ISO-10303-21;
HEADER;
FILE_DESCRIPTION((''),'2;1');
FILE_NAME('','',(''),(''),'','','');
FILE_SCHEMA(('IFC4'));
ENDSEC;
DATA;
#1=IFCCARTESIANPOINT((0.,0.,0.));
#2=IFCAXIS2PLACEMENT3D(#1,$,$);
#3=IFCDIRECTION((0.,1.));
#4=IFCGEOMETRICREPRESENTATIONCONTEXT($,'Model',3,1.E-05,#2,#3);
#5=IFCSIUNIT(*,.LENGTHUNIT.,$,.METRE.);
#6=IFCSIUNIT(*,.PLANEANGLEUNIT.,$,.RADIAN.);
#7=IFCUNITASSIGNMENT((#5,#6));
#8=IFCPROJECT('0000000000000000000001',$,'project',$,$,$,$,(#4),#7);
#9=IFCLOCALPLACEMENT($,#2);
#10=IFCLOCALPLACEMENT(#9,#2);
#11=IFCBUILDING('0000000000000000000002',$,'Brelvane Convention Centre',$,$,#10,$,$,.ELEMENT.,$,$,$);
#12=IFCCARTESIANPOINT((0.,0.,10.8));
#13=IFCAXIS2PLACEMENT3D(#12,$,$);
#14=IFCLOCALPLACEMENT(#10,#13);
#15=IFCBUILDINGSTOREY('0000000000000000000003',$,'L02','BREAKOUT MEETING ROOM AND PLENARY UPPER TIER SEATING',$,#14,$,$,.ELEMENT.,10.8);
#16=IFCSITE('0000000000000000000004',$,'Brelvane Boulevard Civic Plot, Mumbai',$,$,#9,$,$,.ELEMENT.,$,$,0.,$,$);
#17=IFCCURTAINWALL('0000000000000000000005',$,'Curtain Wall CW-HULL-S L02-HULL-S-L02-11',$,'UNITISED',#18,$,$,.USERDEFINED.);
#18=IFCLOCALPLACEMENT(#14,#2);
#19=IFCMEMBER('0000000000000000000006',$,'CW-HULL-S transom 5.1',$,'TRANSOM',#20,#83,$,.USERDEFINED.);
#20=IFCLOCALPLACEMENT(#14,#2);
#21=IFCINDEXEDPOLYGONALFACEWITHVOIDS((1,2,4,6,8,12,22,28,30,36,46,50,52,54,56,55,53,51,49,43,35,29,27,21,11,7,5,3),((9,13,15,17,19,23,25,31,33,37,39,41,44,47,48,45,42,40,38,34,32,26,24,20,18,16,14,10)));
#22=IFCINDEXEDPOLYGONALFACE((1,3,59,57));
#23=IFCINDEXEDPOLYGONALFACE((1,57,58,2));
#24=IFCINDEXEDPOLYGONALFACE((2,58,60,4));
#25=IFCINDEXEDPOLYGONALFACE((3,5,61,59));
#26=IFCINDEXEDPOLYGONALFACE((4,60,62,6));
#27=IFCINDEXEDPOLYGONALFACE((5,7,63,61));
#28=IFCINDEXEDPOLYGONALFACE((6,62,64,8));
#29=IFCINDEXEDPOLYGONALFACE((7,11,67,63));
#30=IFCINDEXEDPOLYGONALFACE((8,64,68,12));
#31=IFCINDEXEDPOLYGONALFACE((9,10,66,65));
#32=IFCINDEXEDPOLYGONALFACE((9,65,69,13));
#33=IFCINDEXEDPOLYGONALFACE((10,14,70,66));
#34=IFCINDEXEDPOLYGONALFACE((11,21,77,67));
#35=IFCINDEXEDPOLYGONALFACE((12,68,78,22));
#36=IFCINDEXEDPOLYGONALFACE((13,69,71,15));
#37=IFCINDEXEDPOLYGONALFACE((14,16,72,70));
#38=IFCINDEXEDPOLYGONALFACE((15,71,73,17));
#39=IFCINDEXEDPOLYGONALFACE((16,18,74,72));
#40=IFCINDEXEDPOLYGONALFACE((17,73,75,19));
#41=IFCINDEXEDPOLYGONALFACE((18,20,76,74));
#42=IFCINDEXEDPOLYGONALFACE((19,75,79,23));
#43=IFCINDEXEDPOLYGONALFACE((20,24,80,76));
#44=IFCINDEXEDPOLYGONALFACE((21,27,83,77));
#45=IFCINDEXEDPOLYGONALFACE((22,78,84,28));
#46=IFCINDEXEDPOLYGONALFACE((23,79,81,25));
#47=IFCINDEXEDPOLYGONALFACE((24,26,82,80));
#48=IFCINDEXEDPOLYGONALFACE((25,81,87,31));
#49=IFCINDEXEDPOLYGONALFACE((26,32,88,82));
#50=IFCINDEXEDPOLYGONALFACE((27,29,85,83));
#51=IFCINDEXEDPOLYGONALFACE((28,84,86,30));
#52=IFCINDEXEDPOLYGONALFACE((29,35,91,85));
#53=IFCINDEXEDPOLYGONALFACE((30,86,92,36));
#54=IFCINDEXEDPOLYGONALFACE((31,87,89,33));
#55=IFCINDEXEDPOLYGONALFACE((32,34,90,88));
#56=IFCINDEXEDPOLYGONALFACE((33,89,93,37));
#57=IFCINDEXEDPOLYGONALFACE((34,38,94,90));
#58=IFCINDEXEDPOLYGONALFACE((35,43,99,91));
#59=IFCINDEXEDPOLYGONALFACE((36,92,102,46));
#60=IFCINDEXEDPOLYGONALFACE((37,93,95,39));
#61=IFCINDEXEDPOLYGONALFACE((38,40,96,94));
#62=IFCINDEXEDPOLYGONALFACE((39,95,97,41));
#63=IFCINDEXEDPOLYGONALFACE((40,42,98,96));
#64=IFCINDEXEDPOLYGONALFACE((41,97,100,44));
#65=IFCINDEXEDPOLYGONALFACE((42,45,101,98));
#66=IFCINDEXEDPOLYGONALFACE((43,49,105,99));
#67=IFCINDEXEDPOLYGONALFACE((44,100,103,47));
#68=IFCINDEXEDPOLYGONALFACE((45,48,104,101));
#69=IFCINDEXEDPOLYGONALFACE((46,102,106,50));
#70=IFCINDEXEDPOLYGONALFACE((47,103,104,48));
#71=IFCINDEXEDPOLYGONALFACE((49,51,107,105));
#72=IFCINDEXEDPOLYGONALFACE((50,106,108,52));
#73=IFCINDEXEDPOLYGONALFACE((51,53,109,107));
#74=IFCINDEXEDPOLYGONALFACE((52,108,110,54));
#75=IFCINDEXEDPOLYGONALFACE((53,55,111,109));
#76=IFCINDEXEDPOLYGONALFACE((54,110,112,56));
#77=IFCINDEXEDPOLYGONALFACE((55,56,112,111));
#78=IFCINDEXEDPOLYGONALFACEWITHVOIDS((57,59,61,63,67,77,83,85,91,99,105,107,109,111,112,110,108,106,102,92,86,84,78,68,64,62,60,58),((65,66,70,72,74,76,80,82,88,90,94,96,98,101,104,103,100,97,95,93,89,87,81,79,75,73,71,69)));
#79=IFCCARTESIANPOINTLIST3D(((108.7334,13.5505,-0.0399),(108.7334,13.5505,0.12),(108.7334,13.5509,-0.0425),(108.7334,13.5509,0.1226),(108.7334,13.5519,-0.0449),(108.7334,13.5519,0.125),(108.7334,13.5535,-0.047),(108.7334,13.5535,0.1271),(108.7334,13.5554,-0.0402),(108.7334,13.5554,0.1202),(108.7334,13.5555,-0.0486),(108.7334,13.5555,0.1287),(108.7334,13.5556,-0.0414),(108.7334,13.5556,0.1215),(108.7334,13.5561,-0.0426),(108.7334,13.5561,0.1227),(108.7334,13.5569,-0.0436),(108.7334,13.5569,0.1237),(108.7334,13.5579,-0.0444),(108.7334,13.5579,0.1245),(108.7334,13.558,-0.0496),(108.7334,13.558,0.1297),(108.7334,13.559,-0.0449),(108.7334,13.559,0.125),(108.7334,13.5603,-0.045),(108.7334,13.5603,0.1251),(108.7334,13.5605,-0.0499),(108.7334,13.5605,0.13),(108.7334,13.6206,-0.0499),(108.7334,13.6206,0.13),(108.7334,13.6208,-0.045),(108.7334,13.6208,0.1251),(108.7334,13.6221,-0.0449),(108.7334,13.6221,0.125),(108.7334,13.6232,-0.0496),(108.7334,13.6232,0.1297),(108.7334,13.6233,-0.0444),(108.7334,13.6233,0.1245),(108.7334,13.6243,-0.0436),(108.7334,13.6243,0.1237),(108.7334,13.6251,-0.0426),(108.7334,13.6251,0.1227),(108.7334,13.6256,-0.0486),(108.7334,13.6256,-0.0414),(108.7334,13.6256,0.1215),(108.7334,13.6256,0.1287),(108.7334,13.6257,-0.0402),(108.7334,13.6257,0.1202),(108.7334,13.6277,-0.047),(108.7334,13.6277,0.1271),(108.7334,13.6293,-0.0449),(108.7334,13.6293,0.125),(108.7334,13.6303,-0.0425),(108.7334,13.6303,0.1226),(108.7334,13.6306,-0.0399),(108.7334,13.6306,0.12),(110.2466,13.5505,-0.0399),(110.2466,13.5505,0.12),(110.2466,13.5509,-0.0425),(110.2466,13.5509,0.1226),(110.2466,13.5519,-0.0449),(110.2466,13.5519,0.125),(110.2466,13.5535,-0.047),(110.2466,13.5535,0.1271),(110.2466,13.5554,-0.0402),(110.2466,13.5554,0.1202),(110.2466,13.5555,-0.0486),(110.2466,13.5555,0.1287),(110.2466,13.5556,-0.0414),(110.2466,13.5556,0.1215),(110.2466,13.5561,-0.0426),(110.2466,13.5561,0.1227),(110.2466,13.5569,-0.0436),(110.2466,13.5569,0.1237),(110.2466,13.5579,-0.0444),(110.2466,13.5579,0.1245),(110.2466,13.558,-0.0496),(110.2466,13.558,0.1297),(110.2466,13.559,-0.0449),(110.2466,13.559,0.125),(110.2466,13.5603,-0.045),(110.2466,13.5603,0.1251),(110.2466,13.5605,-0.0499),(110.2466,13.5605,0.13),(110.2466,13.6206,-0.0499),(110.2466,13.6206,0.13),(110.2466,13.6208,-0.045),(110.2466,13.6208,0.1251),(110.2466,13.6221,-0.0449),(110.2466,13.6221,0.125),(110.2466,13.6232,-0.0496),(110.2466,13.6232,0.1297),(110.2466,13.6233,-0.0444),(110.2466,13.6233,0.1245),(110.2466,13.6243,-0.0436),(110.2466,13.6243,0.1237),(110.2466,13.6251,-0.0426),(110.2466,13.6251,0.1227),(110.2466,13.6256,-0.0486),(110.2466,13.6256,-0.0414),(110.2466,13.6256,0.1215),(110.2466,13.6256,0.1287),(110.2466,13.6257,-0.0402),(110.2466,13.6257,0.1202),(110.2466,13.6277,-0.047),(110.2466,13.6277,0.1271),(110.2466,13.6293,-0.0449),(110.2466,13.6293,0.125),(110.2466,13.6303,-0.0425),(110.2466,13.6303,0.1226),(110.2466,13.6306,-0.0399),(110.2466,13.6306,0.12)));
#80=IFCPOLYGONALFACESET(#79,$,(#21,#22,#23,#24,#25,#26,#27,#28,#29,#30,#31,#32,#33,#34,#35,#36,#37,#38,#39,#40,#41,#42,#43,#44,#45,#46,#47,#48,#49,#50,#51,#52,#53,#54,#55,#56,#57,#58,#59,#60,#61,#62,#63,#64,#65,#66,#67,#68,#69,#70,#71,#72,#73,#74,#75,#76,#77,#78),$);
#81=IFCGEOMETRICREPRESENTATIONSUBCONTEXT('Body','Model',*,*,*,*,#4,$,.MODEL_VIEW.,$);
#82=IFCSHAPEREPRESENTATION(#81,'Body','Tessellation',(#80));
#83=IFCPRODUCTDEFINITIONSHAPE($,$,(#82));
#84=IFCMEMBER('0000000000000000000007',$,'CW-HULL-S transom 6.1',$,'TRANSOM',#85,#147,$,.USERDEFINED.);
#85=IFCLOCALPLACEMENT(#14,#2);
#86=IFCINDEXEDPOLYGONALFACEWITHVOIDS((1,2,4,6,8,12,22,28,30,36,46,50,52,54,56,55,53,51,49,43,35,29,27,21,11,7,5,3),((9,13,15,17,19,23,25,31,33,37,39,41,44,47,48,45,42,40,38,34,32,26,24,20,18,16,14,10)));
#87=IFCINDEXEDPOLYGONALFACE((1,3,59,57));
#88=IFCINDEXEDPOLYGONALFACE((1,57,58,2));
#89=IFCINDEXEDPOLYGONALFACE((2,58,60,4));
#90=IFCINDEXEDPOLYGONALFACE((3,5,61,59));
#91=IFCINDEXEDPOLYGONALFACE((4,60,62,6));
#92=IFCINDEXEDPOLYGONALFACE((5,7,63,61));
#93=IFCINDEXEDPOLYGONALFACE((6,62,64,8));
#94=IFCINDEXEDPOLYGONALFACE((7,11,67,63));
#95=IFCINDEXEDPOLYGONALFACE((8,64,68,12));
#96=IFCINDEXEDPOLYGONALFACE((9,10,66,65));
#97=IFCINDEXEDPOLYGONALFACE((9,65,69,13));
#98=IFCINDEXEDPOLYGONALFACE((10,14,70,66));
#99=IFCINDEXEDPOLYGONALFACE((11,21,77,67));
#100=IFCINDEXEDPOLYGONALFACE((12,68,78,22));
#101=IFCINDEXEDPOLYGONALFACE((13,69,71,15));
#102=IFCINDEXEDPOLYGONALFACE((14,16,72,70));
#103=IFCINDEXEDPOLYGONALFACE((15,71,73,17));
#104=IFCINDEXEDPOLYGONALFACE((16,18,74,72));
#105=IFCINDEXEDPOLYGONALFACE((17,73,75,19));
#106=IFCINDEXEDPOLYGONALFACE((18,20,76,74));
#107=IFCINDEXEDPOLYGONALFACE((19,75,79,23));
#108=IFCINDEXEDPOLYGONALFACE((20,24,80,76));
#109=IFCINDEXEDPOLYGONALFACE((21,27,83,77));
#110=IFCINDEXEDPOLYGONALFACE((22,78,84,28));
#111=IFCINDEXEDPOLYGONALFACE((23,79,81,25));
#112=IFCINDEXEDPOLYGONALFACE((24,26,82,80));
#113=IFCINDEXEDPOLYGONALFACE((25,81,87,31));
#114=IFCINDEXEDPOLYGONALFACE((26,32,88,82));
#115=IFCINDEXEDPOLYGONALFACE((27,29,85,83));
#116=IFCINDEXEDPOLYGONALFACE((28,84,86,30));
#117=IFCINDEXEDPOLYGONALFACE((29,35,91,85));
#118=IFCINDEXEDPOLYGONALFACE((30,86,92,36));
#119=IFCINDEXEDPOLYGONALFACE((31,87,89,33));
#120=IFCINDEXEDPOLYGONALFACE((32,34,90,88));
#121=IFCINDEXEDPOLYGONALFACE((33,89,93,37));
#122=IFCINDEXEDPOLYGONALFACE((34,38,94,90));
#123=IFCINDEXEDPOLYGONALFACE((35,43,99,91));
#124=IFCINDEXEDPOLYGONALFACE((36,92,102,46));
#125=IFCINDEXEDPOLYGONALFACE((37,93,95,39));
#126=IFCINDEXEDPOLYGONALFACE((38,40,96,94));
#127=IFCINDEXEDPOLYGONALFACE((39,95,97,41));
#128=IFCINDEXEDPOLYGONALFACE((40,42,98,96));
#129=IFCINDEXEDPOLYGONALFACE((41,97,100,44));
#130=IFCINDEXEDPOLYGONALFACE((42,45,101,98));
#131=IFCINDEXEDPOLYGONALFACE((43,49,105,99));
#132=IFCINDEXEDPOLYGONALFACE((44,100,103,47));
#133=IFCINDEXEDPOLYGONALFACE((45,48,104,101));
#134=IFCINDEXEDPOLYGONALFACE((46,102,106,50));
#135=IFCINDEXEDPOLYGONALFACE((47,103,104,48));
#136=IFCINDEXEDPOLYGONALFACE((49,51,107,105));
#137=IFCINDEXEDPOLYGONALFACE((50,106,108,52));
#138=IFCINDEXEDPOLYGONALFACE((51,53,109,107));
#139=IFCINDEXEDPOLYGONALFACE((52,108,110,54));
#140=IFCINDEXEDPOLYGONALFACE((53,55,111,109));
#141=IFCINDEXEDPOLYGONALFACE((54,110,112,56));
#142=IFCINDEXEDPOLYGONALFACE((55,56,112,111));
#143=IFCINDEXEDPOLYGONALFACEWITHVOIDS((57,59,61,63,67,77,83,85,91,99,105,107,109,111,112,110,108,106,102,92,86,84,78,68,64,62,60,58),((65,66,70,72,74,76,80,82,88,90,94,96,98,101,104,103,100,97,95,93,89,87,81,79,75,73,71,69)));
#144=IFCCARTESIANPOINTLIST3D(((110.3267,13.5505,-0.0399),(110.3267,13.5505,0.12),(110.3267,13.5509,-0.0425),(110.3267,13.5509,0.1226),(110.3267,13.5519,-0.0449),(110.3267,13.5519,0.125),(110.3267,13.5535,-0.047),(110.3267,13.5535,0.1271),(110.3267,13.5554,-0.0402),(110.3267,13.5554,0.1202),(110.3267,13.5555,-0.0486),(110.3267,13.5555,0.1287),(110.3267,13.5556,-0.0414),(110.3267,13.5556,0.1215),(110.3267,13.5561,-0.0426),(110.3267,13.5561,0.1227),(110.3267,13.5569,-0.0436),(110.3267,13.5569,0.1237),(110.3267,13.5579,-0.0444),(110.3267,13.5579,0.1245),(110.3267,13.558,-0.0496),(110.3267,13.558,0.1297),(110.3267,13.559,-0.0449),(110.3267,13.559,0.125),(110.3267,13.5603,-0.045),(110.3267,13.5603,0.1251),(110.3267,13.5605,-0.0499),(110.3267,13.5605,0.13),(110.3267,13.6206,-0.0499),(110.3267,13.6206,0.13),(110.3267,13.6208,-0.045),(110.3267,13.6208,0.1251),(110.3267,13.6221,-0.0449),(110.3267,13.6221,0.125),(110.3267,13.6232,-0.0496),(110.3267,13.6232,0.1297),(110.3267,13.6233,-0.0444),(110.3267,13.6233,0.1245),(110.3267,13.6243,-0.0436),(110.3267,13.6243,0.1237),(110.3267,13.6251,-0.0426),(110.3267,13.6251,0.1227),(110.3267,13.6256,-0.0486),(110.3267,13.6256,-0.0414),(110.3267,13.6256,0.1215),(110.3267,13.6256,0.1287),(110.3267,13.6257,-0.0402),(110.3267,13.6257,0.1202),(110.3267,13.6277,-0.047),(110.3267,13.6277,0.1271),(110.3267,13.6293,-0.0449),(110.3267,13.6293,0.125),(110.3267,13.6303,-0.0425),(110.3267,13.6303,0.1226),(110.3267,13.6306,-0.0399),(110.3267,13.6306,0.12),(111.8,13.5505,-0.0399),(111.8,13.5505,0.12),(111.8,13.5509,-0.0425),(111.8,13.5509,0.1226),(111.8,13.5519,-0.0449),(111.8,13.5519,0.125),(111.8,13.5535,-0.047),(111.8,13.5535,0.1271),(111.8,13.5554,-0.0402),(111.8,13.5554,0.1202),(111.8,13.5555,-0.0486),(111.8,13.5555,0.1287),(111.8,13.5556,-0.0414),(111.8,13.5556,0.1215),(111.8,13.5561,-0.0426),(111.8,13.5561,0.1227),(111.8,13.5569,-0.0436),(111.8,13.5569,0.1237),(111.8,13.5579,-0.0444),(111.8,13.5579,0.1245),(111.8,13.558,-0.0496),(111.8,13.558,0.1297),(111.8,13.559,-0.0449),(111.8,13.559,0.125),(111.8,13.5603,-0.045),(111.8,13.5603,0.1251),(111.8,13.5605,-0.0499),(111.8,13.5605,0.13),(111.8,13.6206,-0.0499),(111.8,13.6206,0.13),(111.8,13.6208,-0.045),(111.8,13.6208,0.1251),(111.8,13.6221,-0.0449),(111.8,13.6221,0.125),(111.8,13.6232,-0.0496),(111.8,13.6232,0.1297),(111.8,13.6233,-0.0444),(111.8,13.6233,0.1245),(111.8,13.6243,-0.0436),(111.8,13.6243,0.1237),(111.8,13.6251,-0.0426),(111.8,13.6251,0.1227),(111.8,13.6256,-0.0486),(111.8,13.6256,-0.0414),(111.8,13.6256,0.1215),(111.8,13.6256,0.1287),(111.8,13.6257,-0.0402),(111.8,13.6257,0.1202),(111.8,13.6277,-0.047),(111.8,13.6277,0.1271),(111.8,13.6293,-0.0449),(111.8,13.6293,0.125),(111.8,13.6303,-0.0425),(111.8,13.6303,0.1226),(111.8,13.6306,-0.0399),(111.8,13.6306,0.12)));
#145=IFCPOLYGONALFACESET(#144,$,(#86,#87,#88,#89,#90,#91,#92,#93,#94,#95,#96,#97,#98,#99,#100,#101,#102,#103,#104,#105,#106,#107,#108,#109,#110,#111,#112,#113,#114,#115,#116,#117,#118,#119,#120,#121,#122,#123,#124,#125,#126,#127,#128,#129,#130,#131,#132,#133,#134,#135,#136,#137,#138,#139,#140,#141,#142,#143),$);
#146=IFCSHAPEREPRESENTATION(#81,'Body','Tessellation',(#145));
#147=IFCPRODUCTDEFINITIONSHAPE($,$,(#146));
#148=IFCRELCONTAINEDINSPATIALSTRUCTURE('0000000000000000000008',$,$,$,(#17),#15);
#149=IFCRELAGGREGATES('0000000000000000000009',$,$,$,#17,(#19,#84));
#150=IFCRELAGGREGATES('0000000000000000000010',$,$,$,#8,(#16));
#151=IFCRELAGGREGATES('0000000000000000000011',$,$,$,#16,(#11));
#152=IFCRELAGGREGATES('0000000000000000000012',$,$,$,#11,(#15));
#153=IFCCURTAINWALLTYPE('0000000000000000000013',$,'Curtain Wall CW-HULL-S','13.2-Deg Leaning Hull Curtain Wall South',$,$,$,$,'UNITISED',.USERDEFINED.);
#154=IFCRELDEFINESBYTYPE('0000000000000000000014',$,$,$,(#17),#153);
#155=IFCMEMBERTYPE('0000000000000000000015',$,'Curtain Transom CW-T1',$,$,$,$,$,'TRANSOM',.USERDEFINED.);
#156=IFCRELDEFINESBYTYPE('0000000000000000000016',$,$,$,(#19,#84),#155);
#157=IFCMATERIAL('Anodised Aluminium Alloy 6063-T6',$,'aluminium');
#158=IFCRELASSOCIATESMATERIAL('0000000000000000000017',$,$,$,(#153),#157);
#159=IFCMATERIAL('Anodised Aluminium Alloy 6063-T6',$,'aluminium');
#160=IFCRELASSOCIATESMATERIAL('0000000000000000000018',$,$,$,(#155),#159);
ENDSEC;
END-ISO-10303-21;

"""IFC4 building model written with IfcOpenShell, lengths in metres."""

from ifc_helpers import new_model, si_unit, direction, frame, origin, origin_2d, place, context, subcontext, project, spatial, hollow_rectangle, extrude, material, material_profile, profile_set, type_object, element, aggregate, save


model = new_model("IFC4")

# Units and contexts
model_context = context("Model", 3, precision=1e-05, world=origin(), true_north=direction((0.0, 1.0)))
body_context = subcontext(model_context, "Body", "Model", "MODEL_VIEW")
ifc_project = project(units=[si_unit("LENGTHUNIT", "METRE"), si_unit("PLANEANGLEUNIT", "RADIAN")], contexts=[model_context])

# Site, building, storey
site_placement = place(None, origin())
site = spatial("IfcSite", under=ifc_project, at=site_placement, Name="Brelvane Boulevard Civic Plot, Mumbai", CompositionType="ELEMENT", RefElevation=0.0)
building_placement = place(site_placement, origin())
building = spatial("IfcBuilding", under=site, at=building_placement, Name="Brelvane Convention Centre", CompositionType="ELEMENT")
storey_placement = place(building_placement, frame((0.0, 0.0, 10.8)))
storey = spatial("IfcBuildingStorey", under=building, at=storey_placement, Name="L02", Description="BREAKOUT MEETING ROOM AND PLENARY UPPER TIER SEATING", CompositionType="ELEMENT", Elevation=10.8)

# Curtain wall
ifc_material_1 = material(Name="Anodised Aluminium Alloy 6063-T6", Category="aluminium")
curtain_wall_type = type_object("IfcCurtainWallType", Name="Curtain Wall CW-HULL-S", Description="13.2-Deg Leaning Hull Curtain Wall South", ElementType="UNITISED", PredefinedType="USERDEFINED", material=ifc_material_1)
curtain_wall_1_placement = place(storey_placement, origin())
curtain_wall_1 = element("IfcCurtainWall", 1, at=curtain_wall_1_placement, inside=storey, type_object=curtain_wall_type, Name="Curtain Wall CW-HULL-S L02-HULL-S-L02-11", ObjectType="UNITISED", PredefinedType="USERDEFINED")

# Members
ifc_material_2 = material(Name="Anodised Aluminium Alloy 6063-T6", Category="aluminium")
ifc_material_profile_1 = material_profile(ifc_material_2, hollow_rectangle(XDim=0.0801, YDim=0.1799, WallThickness=0.0049, InnerFilletRadius=0.0049, OuterFilletRadius=0.01, at=origin_2d()), Name="ALU-T 180x80x5.0")
ifc_profile_set_1 = profile_set([ifc_material_profile_1], Name="Anodised Aluminium Alloy 6063-T6")
member_type_1 = type_object("IfcMemberType", Name="Curtain Transom CW-T1", ElementType="TRANSOM", PredefinedType="USERDEFINED", material=ifc_profile_set_1)
member_1_placement = place(storey_placement, frame((108.7334, 13.5906, 0.04), z_axis=(1.0, 0.0, 0.0), x_axis=(0.0, 1.0, 0.0)))
member_1 = element("IfcMember", 2, at=member_1_placement, type_object=member_type_1, Name="CW-HULL-S transom 5.1", ObjectType="TRANSOM", PredefinedType="USERDEFINED", context=body_context, shape_type="SweptSolid", body=[
    extrude(hollow_rectangle(XDim=0.0801, YDim=0.1799, WallThickness=0.0049, InnerFilletRadius=0.0049, OuterFilletRadius=0.01, at=origin_2d()), origin(), (0.0, 0.0, 1.0), 1.5132),
])
member_2_placement = place(storey_placement, frame((110.3267, 13.5906, 0.04), z_axis=(1.0, 0.0, 0.0), x_axis=(0.0, 1.0, 0.0)))
member_2 = element("IfcMember", 3, at=member_2_placement, type_object=member_type_1, Name="CW-HULL-S transom 6.1", ObjectType="TRANSOM", PredefinedType="USERDEFINED", context=body_context, shape_type="SweptSolid", body=[
    extrude(hollow_rectangle(XDim=0.0801, YDim=0.1799, WallThickness=0.0049, InnerFilletRadius=0.0049, OuterFilletRadius=0.01, at=origin_2d()), origin(), (0.0, 0.0, 1.0), 1.4734),
])

aggregate(curtain_wall_1, [member_1, member_2])

save(model, "model.ifc")
